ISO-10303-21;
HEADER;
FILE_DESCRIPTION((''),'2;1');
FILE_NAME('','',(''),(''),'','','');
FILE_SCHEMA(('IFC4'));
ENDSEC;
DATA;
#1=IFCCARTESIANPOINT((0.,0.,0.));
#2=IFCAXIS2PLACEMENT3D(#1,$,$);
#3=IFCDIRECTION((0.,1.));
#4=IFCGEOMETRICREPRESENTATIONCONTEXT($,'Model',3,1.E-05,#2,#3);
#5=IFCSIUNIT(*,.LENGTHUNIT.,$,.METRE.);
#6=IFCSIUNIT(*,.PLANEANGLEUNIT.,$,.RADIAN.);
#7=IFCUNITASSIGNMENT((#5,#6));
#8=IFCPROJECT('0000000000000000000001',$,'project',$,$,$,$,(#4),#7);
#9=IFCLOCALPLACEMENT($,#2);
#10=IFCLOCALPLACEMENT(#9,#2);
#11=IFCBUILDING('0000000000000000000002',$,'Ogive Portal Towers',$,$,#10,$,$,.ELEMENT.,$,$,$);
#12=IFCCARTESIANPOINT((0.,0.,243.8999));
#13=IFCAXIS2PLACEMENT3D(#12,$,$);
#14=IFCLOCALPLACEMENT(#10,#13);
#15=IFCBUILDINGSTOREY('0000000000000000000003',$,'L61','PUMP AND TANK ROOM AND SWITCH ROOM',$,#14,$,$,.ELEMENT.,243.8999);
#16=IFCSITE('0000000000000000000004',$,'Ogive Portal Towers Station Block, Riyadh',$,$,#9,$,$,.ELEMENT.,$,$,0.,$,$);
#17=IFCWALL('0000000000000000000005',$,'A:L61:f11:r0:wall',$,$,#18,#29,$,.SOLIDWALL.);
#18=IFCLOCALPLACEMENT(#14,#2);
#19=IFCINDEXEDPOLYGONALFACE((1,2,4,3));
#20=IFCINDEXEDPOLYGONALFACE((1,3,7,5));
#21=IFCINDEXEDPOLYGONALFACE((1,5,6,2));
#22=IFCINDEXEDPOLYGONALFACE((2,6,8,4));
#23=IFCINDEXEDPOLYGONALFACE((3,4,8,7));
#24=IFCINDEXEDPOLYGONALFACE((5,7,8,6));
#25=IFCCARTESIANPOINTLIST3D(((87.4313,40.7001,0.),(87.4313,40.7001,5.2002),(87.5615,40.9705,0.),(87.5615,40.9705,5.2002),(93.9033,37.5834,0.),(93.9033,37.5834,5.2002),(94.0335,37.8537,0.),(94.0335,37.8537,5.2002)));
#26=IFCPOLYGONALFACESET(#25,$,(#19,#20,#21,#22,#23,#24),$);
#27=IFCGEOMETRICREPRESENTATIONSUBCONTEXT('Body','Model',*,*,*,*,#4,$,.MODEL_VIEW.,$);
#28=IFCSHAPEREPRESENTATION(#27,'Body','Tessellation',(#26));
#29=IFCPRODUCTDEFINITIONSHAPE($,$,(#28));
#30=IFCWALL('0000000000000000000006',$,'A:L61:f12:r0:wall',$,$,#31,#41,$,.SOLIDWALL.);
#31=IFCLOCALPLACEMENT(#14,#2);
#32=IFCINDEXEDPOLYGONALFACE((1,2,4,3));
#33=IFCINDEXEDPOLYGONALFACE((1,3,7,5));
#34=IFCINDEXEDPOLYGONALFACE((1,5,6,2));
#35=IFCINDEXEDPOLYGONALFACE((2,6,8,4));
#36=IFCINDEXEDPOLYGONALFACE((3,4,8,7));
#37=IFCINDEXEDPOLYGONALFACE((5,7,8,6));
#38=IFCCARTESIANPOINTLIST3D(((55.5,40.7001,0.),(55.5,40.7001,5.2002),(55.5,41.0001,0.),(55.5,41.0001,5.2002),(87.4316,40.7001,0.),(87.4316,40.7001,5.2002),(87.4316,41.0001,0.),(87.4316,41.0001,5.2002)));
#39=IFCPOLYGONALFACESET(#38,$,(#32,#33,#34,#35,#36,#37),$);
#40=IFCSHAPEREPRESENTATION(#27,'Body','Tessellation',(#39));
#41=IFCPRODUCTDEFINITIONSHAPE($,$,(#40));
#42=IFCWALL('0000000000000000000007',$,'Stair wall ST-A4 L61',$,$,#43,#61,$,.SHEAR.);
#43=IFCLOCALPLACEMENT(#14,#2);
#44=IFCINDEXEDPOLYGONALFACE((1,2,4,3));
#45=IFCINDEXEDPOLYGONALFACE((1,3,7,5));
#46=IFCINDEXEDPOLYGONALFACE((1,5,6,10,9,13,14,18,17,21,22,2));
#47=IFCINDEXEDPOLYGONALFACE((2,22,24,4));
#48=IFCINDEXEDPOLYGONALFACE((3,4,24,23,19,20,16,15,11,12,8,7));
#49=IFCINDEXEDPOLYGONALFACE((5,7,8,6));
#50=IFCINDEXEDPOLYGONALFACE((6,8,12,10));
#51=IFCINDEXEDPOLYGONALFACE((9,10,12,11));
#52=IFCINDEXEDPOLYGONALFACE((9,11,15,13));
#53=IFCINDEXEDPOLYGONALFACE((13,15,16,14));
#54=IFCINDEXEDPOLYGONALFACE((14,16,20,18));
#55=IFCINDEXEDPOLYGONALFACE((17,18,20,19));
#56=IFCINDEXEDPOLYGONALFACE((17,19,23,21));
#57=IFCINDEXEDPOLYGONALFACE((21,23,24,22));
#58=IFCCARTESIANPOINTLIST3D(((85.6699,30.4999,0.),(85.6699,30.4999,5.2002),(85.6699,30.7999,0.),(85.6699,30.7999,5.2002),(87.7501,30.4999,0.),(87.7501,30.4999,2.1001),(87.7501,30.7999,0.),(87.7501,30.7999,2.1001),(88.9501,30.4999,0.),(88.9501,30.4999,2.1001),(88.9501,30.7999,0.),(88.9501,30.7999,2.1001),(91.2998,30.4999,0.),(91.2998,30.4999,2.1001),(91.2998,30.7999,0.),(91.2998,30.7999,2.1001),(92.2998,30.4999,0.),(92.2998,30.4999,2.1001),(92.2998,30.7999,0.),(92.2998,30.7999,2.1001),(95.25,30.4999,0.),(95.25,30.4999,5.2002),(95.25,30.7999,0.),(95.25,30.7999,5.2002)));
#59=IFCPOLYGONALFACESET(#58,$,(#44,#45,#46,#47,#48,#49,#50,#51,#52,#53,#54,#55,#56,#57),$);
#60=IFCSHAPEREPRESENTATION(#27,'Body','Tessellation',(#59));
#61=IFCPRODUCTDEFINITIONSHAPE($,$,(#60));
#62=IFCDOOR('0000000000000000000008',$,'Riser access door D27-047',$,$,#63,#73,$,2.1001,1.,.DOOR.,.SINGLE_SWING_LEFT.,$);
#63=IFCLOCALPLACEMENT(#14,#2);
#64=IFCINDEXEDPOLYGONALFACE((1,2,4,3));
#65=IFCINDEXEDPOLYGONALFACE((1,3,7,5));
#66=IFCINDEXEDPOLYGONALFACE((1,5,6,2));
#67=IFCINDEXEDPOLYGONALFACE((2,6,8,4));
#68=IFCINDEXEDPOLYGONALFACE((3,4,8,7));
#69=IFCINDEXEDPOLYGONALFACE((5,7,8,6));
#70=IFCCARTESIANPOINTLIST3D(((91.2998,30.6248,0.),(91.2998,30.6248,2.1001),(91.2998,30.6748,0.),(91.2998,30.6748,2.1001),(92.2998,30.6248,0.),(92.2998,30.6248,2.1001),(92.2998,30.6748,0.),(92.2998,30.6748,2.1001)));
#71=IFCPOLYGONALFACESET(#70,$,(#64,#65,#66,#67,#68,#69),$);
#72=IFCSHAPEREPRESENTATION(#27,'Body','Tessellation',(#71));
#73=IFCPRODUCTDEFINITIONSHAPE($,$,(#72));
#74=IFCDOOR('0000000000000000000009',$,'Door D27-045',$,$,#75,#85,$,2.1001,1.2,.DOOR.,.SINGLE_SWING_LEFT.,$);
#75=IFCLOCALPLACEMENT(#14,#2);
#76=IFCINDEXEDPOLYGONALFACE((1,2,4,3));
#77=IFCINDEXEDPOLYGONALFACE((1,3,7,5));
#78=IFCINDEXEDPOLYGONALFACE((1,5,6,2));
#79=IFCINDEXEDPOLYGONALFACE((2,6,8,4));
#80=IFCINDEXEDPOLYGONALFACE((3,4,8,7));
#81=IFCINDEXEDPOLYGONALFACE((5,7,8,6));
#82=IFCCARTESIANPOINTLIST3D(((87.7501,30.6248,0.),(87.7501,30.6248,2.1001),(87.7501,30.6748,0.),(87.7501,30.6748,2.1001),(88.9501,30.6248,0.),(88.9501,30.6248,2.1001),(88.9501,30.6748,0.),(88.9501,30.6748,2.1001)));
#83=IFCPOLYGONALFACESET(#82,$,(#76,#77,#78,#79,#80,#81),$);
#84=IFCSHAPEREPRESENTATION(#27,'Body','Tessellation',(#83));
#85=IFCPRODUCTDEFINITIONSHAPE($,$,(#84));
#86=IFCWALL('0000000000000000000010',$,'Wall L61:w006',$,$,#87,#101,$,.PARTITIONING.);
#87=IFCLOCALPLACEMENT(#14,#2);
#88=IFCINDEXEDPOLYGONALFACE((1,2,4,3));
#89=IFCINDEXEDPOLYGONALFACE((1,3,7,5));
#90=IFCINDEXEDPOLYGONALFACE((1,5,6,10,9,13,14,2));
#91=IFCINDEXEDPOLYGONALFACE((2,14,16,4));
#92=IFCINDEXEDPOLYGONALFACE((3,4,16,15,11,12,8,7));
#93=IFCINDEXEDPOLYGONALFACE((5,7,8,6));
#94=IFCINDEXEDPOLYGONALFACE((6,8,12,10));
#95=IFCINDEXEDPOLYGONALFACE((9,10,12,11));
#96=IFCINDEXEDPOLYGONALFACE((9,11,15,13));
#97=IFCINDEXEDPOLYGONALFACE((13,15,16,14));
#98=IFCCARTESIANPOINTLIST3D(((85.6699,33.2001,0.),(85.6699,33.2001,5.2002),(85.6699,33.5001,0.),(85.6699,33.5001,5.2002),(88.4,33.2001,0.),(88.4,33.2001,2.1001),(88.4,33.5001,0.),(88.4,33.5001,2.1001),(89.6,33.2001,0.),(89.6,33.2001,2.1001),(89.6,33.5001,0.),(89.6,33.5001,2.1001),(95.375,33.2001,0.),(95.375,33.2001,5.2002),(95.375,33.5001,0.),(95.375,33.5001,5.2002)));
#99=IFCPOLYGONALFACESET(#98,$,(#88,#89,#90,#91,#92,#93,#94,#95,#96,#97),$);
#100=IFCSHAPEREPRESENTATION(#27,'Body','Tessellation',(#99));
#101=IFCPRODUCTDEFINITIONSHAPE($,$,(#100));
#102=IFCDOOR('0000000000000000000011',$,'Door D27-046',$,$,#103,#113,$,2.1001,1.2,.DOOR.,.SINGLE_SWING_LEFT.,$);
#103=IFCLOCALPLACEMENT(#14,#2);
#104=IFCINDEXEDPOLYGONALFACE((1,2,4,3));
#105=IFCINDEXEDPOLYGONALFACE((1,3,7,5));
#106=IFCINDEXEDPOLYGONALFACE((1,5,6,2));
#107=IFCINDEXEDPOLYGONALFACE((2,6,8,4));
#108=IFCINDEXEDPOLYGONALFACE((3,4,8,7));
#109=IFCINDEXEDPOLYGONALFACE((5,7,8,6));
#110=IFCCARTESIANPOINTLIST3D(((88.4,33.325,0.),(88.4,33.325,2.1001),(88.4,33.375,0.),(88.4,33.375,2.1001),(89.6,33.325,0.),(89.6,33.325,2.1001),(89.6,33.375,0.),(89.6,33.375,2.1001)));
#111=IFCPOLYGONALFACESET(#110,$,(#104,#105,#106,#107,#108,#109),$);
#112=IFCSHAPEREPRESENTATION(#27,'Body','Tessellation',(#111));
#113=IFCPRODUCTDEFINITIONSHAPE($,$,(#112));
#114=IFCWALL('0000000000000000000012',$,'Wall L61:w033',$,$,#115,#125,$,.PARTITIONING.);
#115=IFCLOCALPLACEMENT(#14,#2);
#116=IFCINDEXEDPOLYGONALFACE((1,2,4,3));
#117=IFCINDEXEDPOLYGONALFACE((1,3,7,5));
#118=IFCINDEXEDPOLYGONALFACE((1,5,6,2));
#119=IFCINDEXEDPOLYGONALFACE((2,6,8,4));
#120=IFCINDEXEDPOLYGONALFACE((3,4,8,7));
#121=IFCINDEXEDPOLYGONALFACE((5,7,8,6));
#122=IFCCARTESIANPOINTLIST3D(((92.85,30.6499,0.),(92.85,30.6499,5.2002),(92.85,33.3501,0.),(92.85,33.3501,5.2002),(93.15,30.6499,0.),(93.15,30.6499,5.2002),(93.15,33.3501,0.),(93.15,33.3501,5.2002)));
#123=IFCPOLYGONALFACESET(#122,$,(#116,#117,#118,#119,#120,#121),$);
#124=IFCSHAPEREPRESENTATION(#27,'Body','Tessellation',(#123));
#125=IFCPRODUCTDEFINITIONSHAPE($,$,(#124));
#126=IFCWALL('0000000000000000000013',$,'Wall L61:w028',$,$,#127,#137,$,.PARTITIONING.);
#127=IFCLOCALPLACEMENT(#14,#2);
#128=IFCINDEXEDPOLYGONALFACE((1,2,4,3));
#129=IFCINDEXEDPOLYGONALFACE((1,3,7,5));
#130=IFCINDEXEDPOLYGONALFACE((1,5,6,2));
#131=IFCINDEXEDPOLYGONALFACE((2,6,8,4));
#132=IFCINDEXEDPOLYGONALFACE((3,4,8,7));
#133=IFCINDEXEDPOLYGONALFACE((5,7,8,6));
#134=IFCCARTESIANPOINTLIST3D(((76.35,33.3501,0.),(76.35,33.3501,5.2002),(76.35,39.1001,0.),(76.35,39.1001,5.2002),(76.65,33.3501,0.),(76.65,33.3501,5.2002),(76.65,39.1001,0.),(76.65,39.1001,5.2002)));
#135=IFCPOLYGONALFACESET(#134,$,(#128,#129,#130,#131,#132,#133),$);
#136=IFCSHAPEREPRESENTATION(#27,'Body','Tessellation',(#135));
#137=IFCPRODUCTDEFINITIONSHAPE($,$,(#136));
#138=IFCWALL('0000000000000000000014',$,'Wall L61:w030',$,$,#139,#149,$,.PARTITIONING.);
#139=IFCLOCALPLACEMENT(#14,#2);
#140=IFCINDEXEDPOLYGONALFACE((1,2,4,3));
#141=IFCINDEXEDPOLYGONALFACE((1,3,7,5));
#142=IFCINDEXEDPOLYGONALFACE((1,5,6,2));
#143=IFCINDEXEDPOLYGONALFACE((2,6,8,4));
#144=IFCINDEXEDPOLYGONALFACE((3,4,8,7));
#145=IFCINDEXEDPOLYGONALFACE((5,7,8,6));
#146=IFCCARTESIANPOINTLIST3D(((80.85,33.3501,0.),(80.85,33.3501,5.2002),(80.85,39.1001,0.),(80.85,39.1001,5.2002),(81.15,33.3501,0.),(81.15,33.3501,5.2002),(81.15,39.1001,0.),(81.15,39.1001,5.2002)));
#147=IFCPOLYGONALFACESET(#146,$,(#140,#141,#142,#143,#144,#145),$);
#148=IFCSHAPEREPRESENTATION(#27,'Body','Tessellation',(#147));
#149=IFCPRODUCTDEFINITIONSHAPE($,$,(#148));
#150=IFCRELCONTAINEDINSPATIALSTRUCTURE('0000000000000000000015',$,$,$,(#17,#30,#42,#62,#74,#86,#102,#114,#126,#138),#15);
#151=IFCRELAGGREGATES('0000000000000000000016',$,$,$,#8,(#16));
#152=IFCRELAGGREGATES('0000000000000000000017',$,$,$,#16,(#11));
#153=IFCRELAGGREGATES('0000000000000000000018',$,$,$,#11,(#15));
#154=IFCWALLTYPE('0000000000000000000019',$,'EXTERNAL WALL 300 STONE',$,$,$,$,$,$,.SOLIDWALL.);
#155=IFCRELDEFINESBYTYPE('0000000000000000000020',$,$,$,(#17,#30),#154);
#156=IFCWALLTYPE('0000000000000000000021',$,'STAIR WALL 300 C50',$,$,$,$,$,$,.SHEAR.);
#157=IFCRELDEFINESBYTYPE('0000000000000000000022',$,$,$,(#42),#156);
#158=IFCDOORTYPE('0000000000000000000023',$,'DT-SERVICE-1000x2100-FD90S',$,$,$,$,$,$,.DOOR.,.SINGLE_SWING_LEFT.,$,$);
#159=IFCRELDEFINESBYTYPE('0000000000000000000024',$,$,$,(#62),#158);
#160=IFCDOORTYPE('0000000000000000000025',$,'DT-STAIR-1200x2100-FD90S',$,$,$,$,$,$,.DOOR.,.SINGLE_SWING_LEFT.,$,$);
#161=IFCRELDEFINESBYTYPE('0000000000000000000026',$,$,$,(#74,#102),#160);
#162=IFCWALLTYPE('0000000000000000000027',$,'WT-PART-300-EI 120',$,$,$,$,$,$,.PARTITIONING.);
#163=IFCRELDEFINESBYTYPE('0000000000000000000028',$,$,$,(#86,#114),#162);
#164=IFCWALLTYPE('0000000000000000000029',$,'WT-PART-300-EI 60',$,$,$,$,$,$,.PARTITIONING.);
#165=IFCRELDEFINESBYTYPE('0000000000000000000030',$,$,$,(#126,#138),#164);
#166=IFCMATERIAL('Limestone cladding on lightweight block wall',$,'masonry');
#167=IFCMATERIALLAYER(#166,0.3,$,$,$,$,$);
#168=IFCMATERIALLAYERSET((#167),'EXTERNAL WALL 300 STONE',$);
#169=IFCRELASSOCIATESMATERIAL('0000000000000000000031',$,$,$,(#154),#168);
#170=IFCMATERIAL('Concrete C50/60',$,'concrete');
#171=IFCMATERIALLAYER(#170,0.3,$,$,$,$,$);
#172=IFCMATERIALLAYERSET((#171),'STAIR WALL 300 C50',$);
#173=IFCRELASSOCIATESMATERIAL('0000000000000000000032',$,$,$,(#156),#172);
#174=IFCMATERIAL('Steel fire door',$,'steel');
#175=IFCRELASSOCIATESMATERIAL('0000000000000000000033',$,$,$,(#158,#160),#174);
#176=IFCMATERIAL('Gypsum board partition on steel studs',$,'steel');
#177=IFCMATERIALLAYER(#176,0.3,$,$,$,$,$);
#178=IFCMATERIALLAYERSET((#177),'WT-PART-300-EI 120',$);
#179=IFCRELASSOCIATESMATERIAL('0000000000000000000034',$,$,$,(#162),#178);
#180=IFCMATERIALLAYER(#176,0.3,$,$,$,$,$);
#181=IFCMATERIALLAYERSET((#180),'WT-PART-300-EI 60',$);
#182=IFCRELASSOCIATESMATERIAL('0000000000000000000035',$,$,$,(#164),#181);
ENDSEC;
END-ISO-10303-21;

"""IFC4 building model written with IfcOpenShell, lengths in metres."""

from ifc_helpers import new_model, si_unit, direction, frame, frame_2d, origin, place, context, subcontext, project, spatial, rectangle, extrude, material, layer, layer_set, type_object, element, fill, save


model = new_model("IFC4")

# Units and contexts
model_context = context("Model", 3, precision=1e-05, world=origin(), true_north=direction((0.0, 1.0)))
body_context = subcontext(model_context, "Body", "Model", "MODEL_VIEW")
ifc_project = project(units=[si_unit("LENGTHUNIT", "METRE"), si_unit("PLANEANGLEUNIT", "RADIAN")], contexts=[model_context])

# Site, building, storey
site_placement = place(None, origin())
site = spatial("IfcSite", under=ifc_project, at=site_placement, Name="Ogive Portal Towers Station Block, Riyadh", CompositionType="ELEMENT", RefElevation=0.0)
building_placement = place(site_placement, origin())
building = spatial("IfcBuilding", under=site, at=building_placement, Name="Ogive Portal Towers", CompositionType="ELEMENT")
storey_placement = place(building_placement, frame((0.0, 0.0, 243.8999)))
storey = spatial("IfcBuildingStorey", under=building, at=storey_placement, Name="L61", Description="PUMP AND TANK ROOM AND SWITCH ROOM", CompositionType="ELEMENT", Elevation=243.8999)

# Walls
ifc_material_1 = material(Name="Limestone cladding on lightweight block wall", Category="masonry")
ifc_layer_1 = layer(ifc_material_1, 0.3)
ifc_layer_set_1 = layer_set([ifc_layer_1], Name="EXTERNAL WALL 300 STONE")
wall_type_1 = type_object("IfcWallType", Name="EXTERNAL WALL 300 STONE", PredefinedType="SOLIDWALL", material=ifc_layer_set_1)
wall_1_placement = place(storey_placement, frame((93.9685, 37.7185, 0.0), z_axis=(0.0, 0.0, 1.0), x_axis=(-0.90097, 0.433882, 0.0)))
element("IfcWall", 1, at=wall_1_placement, inside=storey, type_object=wall_type_1, Name="A:L61:f11:r0:wall", PredefinedType="SOLIDWALL", context=body_context, shape_type="SweptSolid", body=[
    extrude(rectangle(XDim=7.1833, YDim=0.3, at=frame_2d((3.5918, 0.0))), origin(), (0.0, 0.0, 1.0), 5.2002),
])
wall_2_placement = place(storey_placement, frame((87.4316, 40.8501, 0.0), z_axis=(0.0, 0.0, 1.0), x_axis=(-1.0, 0.0, 0.0)))
element("IfcWall", 2, at=wall_2_placement, inside=storey, type_object=wall_type_1, Name="A:L61:f12:r0:wall", PredefinedType="SOLIDWALL", context=body_context, shape_type="SweptSolid", body=[
    extrude(rectangle(XDim=31.9316, YDim=0.3, at=frame_2d((15.9658, 0.0))), origin(), (0.0, 0.0, 1.0), 5.2002),
])

# Wall, openings, doors
ifc_material_2 = material(Name="Concrete C50/60", Category="concrete")
ifc_layer_2 = layer(ifc_material_2, 0.3)
ifc_layer_set_2 = layer_set([ifc_layer_2], Name="STAIR WALL 300 C50")
wall_type_2 = type_object("IfcWallType", Name="STAIR WALL 300 C50", PredefinedType="SHEAR", material=ifc_layer_set_2)
wall_3_placement = place(storey_placement, frame((85.6699, 30.6499, 0.0), z_axis=(0.0, 0.0, 1.0), x_axis=(1.0, 0.0, 0.0)))
wall_3 = element("IfcWall", 3, at=wall_3_placement, inside=storey, type_object=wall_type_2, Name="Stair wall ST-A4 L61", PredefinedType="SHEAR", context=body_context, shape_type="SweptSolid", body=[
    extrude(rectangle(XDim=9.5801, YDim=0.3, at=frame_2d((4.79, 0.0))), origin(), (0.0, 0.0, 1.0), 5.2002),
])
opening_1_placement = place(wall_3_placement, frame((2.0801, 0.0, 0.0)))
opening_1 = element("IfcOpeningElement", 4, at=opening_1_placement, cuts=wall_3, PredefinedType="OPENING", context=body_context, shape_type="SweptSolid", body=[
    extrude(rectangle(XDim=1.2, YDim=2.1001, at=frame_2d((0.6001, 1.05))), frame((0.0, 0.1602, 0.0), z_axis=(0.0, -1.0, 0.0), x_axis=(1.0, 0.0, 0.0)), (0.0, 0.0, 1.0), 0.3201),
])
opening_2_placement = place(wall_3_placement, frame((5.6299, 0.0, 0.0)))
opening_2 = element("IfcOpeningElement", 5, at=opening_2_placement, cuts=wall_3, PredefinedType="OPENING", context=body_context, shape_type="SweptSolid", body=[
    extrude(rectangle(XDim=1.0, YDim=2.1001, at=frame_2d((0.5, 1.05))), frame((0.0, 0.1602, 0.0), z_axis=(0.0, -1.0, 0.0), x_axis=(1.0, 0.0, 0.0)), (0.0, 0.0, 1.0), 0.3201),
])
ifc_material_3 = material(Name="Steel fire door", Category="steel")
door_type_1 = type_object("IfcDoorType", Name="DT-SERVICE-1000x2100-FD90S", OperationType="SINGLE_SWING_LEFT", PredefinedType="DOOR", material=ifc_material_3)
door_1_placement = place(opening_2_placement, origin())
door_1 = element("IfcDoor", 6, at=door_1_placement, inside=storey, type_object=door_type_1, Name="Riser access door D27-047", OperationType="SINGLE_SWING_LEFT", OverallHeight=2.1001, OverallWidth=1.0, PredefinedType="DOOR", context=body_context, shape_type="SweptSolid", body=[
    extrude(rectangle(XDim=1.0, YDim=2.1001, at=frame_2d((0.5, 1.05))), frame((0.0, 0.0249, 0.0), z_axis=(0.0, -1.0, 0.0), x_axis=(1.0, 0.0, 0.0)), (0.0, 0.0, 1.0), 0.05),
])
fill(opening_2, door_1)
door_type_2 = type_object("IfcDoorType", Name="DT-STAIR-1200x2100-FD90S", OperationType="SINGLE_SWING_LEFT", PredefinedType="DOOR", material=ifc_material_3)
door_2_placement = place(opening_1_placement, origin())
door_2 = element("IfcDoor", 7, at=door_2_placement, inside=storey, type_object=door_type_2, Name="Door D27-045", OperationType="SINGLE_SWING_LEFT", OverallHeight=2.1001, OverallWidth=1.2, PredefinedType="DOOR", context=body_context, shape_type="SweptSolid", body=[
    extrude(rectangle(XDim=1.2, YDim=2.1001, at=frame_2d((0.6001, 1.05))), frame((0.0, 0.0249, 0.0), z_axis=(0.0, -1.0, 0.0), x_axis=(1.0, 0.0, 0.0)), (0.0, 0.0, 1.0), 0.05),
])
fill(opening_1, door_2)

# Wall, opening, door
ifc_material_4 = material(Name="Gypsum board partition on steel studs", Category="steel")
ifc_layer_3 = layer(ifc_material_4, 0.3)
ifc_layer_set_3 = layer_set([ifc_layer_3], Name="WT-PART-300-EI 120")
wall_type_3 = type_object("IfcWallType", Name="WT-PART-300-EI 120", PredefinedType="PARTITIONING", material=ifc_layer_set_3)
wall_4_placement = place(storey_placement, frame((85.6699, 33.3501, 0.0), z_axis=(0.0, 0.0, 1.0), x_axis=(1.0, 0.0, 0.0)))
wall_4 = element("IfcWall", 8, at=wall_4_placement, inside=storey, type_object=wall_type_3, Name="Wall L61:w006", PredefinedType="PARTITIONING", context=body_context, shape_type="SweptSolid", body=[
    extrude(rectangle(XDim=9.7051, YDim=0.3, at=frame_2d((4.8525, 0.0))), origin(), (0.0, 0.0, 1.0), 5.2002),
])
opening_3_placement = place(wall_4_placement, frame((2.73, 0.0, 0.0)))
opening_3 = element("IfcOpeningElement", 9, at=opening_3_placement, cuts=wall_4, PredefinedType="OPENING", context=body_context, shape_type="SweptSolid", body=[
    extrude(rectangle(XDim=1.2, YDim=2.1001, at=frame_2d((0.6001, 1.05))), frame((0.0, 0.1602, 0.0), z_axis=(0.0, -1.0, 0.0), x_axis=(1.0, 0.0, 0.0)), (0.0, 0.0, 1.0), 0.3201),
])
door_3_placement = place(opening_3_placement, origin())
door_3 = element("IfcDoor", 10, at=door_3_placement, inside=storey, type_object=door_type_2, Name="Door D27-046", OperationType="SINGLE_SWING_LEFT", OverallHeight=2.1001, OverallWidth=1.2, PredefinedType="DOOR", context=body_context, shape_type="SweptSolid", body=[
    extrude(rectangle(XDim=1.2, YDim=2.1001, at=frame_2d((0.6001, 1.05))), frame((0.0, 0.0249, 0.0), z_axis=(0.0, -1.0, 0.0), x_axis=(1.0, 0.0, 0.0)), (0.0, 0.0, 1.0), 0.05),
])
fill(opening_3, door_3)

# Walls
wall_5_placement = place(storey_placement, frame((93.0, 30.6499, 0.0), z_axis=(0.0, 0.0, 1.0), x_axis=(0.0, 1.0, 0.0)))
element("IfcWall", 11, at=wall_5_placement, inside=storey, type_object=wall_type_3, Name="Wall L61:w033", PredefinedType="PARTITIONING", context=body_context, shape_type="SweptSolid", body=[
    extrude(rectangle(XDim=2.7002, YDim=0.3, at=frame_2d((1.3501, 0.0))), origin(), (0.0, 0.0, 1.0), 5.2002),
])
ifc_layer_4 = layer(ifc_material_4, 0.3)
ifc_layer_set_4 = layer_set([ifc_layer_4], Name="WT-PART-300-EI 60")
wall_type_4 = type_object("IfcWallType", Name="WT-PART-300-EI 60", PredefinedType="PARTITIONING", material=ifc_layer_set_4)
for number, where, z_axis, x_axis, name in (
    (12, (76.5, 33.3501, 0.0), (0.0, 0.0, 1.0), (0.0, 1.0, 0.0), "Wall L61:w028"),
    (13, (81.0, 33.3501, 0.0), (0.0, 0.0, 1.0), (0.0, 1.0, 0.0), "Wall L61:w030"),
):
    element("IfcWall", number, at=place(storey_placement, frame(where, z_axis=z_axis, x_axis=x_axis)), inside=storey, type_object=wall_type_4, Name=name, PredefinedType="PARTITIONING", context=body_context, shape_type="SweptSolid", body=[
        extrude(rectangle(XDim=5.75, YDim=0.3, at=frame_2d((2.875, 0.0))), origin(), (0.0, 0.0, 1.0), 5.2002),
    ])

save(model, "model.ifc")
